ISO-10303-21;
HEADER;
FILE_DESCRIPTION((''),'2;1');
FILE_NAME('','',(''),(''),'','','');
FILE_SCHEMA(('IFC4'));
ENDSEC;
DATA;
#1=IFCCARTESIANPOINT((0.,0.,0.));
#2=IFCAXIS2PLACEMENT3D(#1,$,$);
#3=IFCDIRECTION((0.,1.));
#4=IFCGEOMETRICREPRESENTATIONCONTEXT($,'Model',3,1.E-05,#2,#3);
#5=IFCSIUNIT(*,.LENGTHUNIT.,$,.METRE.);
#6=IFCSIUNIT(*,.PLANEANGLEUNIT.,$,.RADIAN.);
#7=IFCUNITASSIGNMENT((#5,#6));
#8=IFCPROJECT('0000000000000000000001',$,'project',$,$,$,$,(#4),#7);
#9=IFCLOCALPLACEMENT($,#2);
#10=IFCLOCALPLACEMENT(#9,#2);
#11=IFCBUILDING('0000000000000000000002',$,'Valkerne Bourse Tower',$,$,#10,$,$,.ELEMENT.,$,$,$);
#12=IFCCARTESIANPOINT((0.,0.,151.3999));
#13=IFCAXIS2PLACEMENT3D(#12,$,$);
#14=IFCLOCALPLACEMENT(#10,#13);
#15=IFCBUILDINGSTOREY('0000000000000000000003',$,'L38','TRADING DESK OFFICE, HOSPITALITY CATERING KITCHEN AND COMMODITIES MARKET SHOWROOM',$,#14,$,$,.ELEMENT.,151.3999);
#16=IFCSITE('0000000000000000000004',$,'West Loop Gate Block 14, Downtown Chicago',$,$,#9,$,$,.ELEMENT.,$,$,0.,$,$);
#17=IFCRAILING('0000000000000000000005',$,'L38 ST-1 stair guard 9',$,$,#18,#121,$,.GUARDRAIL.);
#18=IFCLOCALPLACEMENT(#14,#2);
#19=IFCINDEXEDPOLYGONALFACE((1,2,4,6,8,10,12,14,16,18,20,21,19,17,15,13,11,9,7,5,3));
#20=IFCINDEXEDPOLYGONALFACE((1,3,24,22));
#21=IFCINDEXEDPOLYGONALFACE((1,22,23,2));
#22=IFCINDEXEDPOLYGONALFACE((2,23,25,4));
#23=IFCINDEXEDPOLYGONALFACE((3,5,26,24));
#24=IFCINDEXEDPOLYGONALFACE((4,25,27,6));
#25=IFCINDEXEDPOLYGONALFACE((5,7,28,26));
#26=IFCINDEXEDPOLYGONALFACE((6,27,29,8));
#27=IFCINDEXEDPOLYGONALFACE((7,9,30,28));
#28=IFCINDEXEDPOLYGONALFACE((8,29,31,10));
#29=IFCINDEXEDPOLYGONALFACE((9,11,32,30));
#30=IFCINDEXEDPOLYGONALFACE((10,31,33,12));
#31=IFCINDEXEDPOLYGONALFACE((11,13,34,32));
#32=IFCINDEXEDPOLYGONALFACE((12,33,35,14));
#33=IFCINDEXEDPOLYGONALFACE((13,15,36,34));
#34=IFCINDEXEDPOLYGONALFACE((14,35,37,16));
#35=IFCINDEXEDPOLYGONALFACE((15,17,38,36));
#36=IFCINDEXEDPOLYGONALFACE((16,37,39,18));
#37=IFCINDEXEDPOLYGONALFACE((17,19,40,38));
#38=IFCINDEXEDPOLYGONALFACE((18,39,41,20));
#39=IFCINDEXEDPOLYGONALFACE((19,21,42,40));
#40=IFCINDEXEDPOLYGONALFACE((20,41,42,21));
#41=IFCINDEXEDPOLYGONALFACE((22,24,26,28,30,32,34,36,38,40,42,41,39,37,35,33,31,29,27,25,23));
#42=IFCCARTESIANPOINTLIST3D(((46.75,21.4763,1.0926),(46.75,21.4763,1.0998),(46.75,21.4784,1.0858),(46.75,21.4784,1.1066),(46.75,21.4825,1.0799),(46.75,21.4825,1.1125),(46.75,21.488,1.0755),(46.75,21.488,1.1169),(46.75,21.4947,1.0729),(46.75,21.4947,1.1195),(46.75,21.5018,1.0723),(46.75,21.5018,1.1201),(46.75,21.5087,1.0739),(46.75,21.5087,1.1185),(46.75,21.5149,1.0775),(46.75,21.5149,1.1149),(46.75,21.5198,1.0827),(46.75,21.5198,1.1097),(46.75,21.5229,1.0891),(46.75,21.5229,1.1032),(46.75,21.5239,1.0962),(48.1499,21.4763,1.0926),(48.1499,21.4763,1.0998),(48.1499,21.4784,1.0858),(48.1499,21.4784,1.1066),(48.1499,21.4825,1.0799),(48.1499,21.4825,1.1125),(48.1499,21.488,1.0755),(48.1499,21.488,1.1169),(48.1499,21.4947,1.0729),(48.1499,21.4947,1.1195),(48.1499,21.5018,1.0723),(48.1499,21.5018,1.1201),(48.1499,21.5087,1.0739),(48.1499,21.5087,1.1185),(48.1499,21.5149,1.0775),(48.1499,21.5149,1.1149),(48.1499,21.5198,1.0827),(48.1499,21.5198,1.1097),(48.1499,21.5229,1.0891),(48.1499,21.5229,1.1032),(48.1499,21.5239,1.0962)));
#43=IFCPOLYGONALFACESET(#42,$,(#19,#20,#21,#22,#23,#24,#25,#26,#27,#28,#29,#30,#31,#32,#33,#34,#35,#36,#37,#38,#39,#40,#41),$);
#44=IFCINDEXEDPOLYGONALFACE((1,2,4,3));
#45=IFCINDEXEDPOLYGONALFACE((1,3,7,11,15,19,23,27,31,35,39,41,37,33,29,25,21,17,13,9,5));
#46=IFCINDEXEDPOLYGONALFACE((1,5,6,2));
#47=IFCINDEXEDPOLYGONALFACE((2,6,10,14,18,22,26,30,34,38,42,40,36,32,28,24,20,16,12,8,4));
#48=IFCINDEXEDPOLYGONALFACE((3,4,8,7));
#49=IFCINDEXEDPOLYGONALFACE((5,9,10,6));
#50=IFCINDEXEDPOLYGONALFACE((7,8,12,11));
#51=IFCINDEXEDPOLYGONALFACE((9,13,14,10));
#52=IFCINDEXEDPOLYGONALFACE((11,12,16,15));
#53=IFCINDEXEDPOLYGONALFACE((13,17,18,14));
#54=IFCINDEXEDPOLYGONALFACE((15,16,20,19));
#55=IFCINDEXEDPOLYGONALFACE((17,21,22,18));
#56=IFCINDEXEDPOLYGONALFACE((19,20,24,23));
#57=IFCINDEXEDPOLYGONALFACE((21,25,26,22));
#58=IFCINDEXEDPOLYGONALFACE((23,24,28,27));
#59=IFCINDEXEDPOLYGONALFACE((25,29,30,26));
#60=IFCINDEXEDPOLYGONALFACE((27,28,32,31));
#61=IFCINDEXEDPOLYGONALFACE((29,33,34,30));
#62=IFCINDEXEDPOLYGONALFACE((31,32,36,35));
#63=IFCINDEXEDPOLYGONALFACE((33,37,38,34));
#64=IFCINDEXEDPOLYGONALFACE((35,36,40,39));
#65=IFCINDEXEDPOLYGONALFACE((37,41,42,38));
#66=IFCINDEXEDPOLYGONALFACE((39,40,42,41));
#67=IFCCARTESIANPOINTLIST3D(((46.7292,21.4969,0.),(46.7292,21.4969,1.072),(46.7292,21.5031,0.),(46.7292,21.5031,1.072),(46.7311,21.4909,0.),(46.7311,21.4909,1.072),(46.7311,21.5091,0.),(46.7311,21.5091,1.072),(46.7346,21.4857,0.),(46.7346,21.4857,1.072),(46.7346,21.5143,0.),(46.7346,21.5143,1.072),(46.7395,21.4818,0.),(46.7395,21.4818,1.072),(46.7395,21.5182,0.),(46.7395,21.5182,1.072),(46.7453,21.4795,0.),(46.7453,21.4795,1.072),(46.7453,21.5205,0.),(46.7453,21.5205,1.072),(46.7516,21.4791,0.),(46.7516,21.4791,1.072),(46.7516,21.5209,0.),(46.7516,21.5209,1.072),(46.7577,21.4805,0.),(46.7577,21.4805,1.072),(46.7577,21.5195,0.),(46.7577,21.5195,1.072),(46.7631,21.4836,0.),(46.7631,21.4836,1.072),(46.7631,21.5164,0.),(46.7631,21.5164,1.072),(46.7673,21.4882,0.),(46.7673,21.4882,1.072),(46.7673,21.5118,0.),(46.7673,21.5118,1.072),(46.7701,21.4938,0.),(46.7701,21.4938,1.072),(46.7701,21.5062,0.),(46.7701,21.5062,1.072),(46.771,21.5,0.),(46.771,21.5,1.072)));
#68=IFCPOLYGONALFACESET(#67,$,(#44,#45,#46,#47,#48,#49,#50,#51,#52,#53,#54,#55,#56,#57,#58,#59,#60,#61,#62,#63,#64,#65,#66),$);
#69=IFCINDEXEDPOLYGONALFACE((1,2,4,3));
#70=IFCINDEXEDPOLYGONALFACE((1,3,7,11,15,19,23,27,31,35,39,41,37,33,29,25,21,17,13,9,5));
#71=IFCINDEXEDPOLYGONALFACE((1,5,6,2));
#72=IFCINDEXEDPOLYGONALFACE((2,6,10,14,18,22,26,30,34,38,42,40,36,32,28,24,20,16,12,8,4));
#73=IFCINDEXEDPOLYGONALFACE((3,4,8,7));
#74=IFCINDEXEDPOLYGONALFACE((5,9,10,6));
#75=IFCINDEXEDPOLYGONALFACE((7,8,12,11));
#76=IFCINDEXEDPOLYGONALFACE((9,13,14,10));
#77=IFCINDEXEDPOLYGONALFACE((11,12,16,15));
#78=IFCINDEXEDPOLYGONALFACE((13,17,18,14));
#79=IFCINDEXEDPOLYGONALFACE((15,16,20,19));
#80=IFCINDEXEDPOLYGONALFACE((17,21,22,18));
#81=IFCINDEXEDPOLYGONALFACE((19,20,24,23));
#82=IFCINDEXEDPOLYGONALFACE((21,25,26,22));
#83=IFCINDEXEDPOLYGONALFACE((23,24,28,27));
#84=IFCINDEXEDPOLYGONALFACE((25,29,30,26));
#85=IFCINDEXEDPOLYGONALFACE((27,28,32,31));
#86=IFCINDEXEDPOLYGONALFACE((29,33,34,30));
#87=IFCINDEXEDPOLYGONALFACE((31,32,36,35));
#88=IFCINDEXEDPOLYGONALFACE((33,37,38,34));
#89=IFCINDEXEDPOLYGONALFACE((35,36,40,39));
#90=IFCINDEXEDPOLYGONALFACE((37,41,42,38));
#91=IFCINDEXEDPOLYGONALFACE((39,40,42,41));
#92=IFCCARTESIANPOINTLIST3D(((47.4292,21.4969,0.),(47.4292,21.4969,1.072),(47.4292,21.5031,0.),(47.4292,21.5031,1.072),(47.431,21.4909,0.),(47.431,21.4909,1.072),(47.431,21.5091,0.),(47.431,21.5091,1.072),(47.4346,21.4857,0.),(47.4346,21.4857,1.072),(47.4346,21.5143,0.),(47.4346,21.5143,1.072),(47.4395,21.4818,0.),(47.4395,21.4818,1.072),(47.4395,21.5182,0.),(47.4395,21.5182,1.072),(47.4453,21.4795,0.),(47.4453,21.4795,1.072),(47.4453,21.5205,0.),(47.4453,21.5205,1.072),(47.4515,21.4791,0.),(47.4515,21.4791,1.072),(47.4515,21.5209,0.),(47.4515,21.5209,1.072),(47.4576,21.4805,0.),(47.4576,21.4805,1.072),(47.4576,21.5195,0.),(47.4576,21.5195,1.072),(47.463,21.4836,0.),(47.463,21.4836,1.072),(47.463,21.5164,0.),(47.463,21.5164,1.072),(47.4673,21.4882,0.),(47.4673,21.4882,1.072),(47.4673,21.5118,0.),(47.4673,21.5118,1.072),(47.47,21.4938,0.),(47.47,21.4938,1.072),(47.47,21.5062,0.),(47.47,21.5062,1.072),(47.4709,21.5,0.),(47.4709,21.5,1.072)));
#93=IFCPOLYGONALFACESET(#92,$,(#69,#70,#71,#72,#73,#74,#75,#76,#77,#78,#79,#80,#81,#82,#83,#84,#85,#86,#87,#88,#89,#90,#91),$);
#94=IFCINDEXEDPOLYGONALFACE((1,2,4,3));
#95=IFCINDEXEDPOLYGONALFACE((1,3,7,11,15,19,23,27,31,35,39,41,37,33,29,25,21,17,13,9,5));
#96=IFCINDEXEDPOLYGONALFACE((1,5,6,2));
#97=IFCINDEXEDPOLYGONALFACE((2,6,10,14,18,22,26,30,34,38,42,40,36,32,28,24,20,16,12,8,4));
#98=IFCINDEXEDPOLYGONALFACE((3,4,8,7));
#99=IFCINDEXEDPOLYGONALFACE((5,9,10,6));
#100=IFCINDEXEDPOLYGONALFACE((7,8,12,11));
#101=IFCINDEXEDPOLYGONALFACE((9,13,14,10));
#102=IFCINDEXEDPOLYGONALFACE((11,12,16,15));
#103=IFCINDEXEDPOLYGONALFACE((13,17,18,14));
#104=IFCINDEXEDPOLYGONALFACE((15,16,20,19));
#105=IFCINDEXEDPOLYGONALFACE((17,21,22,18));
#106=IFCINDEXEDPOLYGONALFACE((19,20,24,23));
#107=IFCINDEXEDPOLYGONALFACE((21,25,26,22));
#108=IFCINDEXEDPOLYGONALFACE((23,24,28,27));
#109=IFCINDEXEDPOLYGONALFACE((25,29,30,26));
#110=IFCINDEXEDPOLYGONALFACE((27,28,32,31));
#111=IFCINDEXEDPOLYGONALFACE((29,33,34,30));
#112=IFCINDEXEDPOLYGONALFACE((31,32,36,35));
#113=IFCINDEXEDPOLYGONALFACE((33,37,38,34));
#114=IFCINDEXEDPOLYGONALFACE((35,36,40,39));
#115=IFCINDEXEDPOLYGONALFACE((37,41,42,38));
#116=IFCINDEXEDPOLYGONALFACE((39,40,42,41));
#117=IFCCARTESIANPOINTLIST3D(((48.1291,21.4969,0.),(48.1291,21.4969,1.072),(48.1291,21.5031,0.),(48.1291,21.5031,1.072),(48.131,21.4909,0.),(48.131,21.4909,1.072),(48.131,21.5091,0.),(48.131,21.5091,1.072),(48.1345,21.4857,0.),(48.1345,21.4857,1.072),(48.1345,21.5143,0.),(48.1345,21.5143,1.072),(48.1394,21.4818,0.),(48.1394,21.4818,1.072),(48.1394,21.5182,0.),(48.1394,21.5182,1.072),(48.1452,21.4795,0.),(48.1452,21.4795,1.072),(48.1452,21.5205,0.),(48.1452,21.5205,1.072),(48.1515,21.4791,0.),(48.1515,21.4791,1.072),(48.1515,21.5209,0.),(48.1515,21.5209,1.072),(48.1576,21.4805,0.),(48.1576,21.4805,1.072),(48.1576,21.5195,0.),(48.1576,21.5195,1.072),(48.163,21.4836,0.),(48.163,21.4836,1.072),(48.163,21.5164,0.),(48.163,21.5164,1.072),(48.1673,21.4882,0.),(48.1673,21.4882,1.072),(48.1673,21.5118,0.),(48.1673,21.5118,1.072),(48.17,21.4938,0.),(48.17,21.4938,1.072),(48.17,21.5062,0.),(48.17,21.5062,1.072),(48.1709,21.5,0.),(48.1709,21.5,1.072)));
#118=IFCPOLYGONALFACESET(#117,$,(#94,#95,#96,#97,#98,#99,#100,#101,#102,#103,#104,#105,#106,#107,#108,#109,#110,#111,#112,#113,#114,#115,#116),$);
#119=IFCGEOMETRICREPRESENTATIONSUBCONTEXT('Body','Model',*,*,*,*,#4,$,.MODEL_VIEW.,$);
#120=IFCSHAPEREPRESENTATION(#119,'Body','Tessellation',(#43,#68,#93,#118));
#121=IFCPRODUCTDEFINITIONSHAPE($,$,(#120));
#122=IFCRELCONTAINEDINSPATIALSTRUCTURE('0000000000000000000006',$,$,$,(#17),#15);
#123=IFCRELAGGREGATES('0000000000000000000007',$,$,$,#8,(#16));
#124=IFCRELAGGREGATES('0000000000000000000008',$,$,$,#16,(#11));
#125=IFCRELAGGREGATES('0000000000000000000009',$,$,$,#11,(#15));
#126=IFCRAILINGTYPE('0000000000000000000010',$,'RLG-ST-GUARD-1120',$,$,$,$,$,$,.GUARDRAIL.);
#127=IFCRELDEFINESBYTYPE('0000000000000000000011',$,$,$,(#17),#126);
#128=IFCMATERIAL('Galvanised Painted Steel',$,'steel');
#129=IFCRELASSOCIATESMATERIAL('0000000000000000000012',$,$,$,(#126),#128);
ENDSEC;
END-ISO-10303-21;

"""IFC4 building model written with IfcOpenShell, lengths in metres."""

from ifc_helpers import new_model, si_unit, direction, frame, origin, origin_2d, place, context, subcontext, project, spatial, circle, extrude, material, type_object, element, save


model = new_model("IFC4")

# Units and contexts
model_context = context("Model", 3, precision=1e-05, world=origin(), true_north=direction((0.0, 1.0)))
body_context = subcontext(model_context, "Body", "Model", "MODEL_VIEW")
ifc_project = project(units=[si_unit("LENGTHUNIT", "METRE"), si_unit("PLANEANGLEUNIT", "RADIAN")], contexts=[model_context])

# Site, building, storey
site_placement = place(None, origin())
site = spatial("IfcSite", under=ifc_project, at=site_placement, Name="West Loop Gate Block 14, Downtown Chicago", CompositionType="ELEMENT", RefElevation=0.0)
building_placement = place(site_placement, origin())
building = spatial("IfcBuilding", under=site, at=building_placement, Name="Valkerne Bourse Tower", CompositionType="ELEMENT")
storey_placement = place(building_placement, frame((0.0, 0.0, 151.3999)))
storey = spatial("IfcBuildingStorey", under=building, at=storey_placement, Name="L38", Description="TRADING DESK OFFICE, HOSPITALITY CATERING KITCHEN AND COMMODITIES MARKET SHOWROOM", CompositionType="ELEMENT", Elevation=151.3999)

# Shared definitions
ifc_material_1 = material(Name="Galvanised Painted Steel", Category="steel")

# Railing
railing_type_1 = type_object("IfcRailingType", Name="RLG-ST-GUARD-1120", PredefinedType="GUARDRAIL", material=ifc_material_1)
for number, where, name in (
    (1, (46.75, 21.5, 0.0), "L38 ST-1 stair guard 9"),
):
    element("IfcRailing", number, at=place(storey_placement, frame(where)), inside=storey, type_object=railing_type_1, Name=name, PredefinedType="GUARDRAIL", context=body_context, shape_type="SweptSolid", body=[
        extrude(circle(Radius=0.0239, at=origin_2d()), frame((0.0, 0.0, 1.0962), z_axis=(1.0, 0.0, 0.0), x_axis=(0.0, 1.0, 0.0)), (0.0, 0.0, 1.0), 1.3999),
        extrude(circle(Radius=0.021, at=origin_2d()), origin(), (0.0, 0.0, 1.0), 1.072),
        extrude(circle(Radius=0.021, at=origin_2d()), frame((0.7, 0.0, 0.0)), (0.0, 0.0, 1.0), 1.072),
        extrude(circle(Radius=0.021, at=origin_2d()), frame((1.3999, 0.0, 0.0)), (0.0, 0.0, 1.0), 1.072),
    ])

save(model, "model.ifc")
